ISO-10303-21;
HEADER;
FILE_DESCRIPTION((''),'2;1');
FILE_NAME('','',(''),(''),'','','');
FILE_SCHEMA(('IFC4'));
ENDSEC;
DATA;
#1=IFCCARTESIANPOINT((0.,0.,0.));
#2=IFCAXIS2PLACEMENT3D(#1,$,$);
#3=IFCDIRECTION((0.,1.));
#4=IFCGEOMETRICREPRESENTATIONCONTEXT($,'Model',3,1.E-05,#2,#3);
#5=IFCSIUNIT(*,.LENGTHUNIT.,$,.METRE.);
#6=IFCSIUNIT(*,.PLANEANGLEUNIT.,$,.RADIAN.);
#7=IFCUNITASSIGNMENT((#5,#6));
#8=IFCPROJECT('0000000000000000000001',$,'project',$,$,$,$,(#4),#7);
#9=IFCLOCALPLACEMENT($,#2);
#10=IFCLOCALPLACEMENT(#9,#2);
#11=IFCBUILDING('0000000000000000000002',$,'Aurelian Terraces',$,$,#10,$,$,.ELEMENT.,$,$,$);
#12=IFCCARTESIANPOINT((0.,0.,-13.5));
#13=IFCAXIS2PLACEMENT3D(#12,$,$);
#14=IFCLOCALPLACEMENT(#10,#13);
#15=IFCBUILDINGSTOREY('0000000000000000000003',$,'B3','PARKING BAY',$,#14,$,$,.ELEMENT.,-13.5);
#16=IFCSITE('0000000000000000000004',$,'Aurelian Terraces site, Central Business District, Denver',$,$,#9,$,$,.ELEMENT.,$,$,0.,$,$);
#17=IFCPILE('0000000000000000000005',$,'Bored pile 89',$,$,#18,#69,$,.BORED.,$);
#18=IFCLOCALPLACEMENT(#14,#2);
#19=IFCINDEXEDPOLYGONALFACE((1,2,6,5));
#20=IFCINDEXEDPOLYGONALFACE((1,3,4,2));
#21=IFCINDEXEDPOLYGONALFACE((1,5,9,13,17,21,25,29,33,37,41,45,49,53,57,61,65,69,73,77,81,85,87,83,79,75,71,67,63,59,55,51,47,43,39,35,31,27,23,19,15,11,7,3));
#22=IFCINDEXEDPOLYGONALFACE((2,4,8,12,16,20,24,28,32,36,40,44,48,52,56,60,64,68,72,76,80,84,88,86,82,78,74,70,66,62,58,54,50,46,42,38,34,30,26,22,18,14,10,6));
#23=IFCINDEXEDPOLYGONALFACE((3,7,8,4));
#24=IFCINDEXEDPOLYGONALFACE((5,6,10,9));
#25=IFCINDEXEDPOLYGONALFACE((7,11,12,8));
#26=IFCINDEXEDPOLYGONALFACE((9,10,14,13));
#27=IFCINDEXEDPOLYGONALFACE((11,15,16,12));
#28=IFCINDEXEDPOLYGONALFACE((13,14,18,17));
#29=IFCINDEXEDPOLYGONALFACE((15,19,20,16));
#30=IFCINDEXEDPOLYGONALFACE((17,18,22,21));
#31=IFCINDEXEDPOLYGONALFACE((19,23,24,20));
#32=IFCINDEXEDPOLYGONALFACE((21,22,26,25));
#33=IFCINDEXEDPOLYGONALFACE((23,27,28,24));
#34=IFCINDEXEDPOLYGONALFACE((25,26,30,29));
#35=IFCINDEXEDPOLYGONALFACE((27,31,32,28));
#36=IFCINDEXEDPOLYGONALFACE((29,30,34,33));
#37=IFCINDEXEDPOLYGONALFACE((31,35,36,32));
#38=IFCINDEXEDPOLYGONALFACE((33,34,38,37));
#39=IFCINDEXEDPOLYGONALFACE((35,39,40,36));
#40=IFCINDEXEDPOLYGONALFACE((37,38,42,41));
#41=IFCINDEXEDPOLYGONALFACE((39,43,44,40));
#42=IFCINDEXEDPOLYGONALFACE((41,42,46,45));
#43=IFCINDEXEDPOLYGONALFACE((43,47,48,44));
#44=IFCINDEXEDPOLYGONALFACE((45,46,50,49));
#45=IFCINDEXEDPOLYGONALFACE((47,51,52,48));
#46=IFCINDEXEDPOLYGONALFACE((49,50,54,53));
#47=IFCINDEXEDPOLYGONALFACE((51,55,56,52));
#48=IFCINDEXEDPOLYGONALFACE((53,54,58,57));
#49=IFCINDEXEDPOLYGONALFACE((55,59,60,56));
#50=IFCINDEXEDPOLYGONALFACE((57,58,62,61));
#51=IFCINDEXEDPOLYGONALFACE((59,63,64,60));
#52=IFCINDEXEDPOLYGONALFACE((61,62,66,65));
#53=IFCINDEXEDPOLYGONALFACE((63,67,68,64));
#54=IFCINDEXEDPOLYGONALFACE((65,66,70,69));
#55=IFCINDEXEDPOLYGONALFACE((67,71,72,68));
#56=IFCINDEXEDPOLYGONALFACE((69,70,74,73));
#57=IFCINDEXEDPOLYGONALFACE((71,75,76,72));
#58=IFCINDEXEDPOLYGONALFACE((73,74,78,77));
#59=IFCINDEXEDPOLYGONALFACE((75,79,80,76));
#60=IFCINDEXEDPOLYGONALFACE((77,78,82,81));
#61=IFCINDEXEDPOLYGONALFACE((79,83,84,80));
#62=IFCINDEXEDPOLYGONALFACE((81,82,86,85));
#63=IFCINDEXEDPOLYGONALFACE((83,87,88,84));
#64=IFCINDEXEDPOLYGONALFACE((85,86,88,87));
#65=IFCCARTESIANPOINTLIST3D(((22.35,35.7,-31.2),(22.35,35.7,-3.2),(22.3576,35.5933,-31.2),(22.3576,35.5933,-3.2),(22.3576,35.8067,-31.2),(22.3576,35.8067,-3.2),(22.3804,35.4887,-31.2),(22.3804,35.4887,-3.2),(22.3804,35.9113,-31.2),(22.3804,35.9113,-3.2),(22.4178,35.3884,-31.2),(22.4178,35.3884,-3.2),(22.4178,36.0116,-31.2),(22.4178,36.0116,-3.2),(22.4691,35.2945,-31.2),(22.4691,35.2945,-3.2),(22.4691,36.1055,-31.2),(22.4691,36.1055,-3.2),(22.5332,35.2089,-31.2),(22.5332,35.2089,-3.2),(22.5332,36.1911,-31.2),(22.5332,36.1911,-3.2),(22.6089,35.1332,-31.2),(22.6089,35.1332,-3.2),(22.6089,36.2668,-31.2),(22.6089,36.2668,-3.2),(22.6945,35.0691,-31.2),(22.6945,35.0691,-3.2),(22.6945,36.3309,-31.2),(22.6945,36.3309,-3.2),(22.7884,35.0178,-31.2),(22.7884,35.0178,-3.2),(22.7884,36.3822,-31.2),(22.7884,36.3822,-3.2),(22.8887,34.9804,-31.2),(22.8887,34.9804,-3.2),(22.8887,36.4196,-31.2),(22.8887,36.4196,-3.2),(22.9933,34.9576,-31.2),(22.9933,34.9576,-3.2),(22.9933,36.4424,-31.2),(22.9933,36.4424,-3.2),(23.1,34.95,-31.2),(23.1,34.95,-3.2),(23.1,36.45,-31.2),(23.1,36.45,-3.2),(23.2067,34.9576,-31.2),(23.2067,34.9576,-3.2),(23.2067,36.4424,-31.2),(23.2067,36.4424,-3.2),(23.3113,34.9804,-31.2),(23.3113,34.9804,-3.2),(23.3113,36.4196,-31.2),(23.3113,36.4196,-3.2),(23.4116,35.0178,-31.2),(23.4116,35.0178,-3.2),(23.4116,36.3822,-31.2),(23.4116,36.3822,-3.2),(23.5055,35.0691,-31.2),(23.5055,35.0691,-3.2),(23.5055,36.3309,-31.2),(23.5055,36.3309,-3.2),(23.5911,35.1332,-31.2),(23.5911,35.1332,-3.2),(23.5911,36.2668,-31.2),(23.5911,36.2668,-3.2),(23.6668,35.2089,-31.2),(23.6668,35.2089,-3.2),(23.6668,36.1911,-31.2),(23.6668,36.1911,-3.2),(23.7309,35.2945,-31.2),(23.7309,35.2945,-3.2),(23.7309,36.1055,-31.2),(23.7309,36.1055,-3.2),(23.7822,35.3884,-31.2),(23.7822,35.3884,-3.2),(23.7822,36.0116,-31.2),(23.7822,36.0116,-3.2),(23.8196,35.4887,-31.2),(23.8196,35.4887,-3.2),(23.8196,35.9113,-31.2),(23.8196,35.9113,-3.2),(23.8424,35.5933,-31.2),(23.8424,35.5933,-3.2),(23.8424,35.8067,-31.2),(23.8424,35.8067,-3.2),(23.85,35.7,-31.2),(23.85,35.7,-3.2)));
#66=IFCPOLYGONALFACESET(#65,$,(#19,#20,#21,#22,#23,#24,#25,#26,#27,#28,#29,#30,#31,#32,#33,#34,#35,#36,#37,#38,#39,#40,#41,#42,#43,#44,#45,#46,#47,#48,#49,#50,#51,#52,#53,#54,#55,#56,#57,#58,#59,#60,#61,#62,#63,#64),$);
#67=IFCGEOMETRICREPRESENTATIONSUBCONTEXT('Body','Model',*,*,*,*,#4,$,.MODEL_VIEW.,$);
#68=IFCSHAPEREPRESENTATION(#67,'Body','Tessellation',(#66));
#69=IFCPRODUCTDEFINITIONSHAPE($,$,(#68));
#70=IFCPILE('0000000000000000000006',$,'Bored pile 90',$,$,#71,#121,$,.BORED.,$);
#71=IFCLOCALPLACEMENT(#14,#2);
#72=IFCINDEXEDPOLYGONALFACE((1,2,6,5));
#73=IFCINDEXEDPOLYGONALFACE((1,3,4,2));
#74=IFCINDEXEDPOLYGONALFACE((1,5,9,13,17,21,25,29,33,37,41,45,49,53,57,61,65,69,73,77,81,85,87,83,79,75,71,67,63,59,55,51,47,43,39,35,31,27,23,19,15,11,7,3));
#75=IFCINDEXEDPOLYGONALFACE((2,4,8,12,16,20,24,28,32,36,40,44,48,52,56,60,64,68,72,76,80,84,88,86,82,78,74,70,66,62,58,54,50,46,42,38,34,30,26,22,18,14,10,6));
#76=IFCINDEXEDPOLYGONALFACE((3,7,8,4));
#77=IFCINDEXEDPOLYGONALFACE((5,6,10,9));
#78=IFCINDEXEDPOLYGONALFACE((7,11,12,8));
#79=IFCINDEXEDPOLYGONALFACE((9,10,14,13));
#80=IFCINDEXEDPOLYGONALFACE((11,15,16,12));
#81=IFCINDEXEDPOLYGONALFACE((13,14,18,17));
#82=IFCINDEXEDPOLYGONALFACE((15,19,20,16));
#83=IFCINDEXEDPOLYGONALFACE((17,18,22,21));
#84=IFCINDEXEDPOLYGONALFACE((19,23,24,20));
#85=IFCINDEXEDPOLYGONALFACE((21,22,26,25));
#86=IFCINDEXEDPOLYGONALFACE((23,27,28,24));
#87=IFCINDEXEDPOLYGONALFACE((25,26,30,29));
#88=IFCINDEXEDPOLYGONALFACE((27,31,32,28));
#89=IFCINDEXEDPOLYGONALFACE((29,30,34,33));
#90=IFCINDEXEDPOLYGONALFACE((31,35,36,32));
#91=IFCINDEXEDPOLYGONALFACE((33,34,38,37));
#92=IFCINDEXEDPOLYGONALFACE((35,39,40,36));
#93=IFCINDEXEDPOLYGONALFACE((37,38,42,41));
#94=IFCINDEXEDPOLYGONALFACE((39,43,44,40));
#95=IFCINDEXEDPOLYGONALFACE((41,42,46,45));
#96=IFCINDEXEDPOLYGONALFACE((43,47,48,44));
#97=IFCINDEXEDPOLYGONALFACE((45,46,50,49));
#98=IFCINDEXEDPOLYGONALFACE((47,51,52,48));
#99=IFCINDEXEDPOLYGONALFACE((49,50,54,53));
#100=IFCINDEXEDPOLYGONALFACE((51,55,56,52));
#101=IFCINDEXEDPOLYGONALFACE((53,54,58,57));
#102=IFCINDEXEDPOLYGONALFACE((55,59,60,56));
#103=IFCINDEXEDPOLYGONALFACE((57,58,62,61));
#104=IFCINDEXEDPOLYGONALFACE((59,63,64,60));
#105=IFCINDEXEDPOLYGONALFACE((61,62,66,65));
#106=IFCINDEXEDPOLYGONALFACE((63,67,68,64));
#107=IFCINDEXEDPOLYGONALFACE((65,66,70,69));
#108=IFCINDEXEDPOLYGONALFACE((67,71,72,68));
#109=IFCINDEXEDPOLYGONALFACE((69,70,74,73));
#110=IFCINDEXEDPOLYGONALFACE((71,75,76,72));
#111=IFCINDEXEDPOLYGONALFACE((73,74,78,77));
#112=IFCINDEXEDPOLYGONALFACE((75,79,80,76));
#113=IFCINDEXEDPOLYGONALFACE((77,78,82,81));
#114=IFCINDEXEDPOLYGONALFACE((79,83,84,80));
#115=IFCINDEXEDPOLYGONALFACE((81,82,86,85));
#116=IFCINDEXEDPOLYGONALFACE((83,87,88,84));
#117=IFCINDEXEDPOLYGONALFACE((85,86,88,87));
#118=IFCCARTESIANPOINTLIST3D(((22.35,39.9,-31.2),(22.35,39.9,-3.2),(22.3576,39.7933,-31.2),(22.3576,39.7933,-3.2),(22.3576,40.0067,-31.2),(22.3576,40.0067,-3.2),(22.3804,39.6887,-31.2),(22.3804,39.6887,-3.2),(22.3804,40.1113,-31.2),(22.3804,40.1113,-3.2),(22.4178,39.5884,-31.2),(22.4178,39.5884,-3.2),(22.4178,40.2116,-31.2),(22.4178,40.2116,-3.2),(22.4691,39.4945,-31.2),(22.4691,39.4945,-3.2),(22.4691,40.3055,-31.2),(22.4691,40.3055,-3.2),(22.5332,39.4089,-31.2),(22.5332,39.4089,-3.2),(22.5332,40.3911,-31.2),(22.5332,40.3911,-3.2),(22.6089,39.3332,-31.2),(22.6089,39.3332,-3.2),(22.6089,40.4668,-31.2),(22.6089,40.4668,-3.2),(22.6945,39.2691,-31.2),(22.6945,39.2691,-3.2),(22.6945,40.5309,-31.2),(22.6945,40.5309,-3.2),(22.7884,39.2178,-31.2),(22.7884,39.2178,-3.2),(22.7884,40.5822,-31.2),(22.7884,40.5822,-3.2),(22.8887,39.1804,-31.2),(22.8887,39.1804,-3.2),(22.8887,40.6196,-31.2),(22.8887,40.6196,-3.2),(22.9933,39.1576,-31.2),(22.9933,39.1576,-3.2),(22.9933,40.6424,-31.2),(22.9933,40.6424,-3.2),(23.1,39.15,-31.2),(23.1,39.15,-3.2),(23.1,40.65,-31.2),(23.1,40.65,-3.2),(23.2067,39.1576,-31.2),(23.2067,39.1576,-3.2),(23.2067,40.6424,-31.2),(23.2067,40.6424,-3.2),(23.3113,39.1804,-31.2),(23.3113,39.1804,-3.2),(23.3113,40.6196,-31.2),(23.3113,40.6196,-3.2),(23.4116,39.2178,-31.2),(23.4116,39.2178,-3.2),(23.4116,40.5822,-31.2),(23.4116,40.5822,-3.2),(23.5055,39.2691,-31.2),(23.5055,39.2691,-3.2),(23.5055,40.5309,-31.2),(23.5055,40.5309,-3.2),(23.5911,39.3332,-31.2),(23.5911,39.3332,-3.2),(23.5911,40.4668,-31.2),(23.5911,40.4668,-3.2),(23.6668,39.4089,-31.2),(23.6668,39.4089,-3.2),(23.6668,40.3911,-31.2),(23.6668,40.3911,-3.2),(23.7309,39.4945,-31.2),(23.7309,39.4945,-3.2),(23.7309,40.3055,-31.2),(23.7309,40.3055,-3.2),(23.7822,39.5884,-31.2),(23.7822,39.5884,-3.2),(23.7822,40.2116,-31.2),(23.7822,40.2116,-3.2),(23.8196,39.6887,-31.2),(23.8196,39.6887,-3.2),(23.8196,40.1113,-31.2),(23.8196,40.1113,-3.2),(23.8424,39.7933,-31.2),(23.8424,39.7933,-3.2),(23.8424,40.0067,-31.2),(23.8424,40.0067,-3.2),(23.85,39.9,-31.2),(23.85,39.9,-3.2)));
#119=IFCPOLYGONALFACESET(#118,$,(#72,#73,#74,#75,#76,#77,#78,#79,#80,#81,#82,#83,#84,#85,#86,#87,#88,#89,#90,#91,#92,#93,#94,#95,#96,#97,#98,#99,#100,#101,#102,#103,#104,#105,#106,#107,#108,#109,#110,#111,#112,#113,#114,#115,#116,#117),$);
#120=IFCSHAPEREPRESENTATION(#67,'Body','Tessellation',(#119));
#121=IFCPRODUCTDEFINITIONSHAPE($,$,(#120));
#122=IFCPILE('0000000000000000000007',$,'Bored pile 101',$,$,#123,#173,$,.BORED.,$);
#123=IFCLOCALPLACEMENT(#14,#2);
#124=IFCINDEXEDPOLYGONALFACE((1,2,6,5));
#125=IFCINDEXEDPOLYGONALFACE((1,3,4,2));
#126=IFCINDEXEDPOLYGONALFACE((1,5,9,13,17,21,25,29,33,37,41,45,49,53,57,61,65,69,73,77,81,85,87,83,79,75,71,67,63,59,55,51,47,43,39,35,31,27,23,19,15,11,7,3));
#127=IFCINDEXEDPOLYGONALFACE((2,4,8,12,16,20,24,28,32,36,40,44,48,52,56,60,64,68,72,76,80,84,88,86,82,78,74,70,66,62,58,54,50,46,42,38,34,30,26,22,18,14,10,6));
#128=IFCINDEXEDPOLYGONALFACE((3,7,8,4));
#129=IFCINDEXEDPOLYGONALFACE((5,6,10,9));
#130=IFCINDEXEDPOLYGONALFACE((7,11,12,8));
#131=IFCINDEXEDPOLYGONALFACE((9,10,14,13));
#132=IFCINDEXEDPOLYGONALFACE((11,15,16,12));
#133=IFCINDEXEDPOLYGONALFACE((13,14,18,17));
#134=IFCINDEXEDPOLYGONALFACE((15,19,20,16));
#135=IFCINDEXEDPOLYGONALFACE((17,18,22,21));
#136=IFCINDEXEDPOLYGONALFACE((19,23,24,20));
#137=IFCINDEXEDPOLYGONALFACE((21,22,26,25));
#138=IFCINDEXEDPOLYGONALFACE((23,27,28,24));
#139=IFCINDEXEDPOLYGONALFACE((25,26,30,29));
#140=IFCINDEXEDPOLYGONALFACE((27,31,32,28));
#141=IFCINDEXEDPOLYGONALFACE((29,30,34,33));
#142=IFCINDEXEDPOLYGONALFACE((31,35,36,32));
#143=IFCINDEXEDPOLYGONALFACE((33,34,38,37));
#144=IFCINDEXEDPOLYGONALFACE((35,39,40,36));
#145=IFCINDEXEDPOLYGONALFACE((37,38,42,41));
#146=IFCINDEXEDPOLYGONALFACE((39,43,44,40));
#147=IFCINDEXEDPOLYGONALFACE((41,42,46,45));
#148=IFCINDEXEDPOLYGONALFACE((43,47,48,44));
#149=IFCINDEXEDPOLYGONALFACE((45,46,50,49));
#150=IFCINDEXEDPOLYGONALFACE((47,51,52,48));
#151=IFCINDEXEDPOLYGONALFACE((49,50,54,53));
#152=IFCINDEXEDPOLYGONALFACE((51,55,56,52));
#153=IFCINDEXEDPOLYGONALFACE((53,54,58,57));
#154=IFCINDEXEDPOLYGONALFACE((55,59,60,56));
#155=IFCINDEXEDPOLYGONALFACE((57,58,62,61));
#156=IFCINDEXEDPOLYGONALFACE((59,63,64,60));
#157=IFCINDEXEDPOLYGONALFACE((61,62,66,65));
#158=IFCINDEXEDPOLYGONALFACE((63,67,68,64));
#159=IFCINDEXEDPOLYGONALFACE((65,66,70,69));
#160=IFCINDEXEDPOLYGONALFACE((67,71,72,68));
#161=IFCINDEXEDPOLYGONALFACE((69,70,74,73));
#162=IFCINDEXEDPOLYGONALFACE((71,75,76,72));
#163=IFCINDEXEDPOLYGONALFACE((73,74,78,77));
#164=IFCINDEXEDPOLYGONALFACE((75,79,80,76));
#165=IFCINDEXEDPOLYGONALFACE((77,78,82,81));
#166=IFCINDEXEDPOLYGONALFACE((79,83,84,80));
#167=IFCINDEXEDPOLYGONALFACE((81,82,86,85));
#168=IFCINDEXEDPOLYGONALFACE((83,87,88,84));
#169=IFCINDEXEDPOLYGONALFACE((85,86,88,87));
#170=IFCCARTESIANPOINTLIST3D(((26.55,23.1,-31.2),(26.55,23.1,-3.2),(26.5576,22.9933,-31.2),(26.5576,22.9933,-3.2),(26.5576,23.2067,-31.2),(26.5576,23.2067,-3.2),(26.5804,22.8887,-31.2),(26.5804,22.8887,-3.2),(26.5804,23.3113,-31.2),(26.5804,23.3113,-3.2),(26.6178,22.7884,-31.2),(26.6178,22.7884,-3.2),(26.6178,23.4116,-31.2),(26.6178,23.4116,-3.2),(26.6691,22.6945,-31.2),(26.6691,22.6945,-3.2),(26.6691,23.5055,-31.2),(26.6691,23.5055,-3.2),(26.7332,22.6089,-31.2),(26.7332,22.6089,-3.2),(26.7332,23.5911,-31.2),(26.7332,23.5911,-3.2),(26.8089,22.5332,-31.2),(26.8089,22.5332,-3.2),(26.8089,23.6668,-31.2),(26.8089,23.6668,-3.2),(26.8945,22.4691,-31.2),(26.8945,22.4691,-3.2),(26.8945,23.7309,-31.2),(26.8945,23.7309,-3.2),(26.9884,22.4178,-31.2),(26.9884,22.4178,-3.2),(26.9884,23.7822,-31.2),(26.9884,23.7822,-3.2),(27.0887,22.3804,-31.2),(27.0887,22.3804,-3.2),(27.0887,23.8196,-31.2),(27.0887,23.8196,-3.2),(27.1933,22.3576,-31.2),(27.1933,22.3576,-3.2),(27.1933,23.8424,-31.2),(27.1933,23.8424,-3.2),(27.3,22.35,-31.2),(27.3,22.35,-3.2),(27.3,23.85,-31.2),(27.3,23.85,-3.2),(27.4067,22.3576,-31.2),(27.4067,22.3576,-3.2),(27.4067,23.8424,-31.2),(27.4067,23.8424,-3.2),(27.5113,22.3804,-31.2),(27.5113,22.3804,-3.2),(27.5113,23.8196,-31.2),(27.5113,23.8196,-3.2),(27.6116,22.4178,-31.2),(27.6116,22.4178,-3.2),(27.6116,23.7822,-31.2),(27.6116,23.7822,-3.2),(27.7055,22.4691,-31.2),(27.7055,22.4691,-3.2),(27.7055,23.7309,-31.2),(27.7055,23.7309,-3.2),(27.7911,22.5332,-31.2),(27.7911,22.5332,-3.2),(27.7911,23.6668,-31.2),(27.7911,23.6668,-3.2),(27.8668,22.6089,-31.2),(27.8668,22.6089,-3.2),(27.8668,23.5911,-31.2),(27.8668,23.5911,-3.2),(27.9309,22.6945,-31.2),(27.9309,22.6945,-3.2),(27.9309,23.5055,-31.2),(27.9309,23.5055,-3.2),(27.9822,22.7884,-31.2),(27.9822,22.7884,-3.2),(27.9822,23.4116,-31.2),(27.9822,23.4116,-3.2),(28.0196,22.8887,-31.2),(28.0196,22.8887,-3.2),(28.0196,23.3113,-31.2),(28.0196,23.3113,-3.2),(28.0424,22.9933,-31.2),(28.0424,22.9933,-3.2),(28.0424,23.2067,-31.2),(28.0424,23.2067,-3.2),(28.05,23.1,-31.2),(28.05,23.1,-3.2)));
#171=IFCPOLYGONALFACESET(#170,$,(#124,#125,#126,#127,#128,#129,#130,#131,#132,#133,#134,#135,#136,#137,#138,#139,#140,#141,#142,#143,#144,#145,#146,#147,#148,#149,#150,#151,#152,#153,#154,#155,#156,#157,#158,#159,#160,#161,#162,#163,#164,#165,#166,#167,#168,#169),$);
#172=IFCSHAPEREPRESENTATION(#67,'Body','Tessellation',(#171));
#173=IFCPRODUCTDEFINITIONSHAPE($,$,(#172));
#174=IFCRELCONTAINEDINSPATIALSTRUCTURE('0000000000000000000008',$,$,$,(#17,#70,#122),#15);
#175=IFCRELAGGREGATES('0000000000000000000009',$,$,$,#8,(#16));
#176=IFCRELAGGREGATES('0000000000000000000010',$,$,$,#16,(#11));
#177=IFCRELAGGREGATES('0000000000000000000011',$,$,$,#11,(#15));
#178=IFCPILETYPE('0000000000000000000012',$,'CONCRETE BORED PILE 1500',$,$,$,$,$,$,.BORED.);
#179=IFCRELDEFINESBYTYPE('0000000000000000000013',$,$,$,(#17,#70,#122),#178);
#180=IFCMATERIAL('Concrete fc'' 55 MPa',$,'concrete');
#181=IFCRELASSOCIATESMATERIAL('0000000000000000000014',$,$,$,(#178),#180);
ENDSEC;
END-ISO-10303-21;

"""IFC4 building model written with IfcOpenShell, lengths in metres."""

from ifc_helpers import new_model, si_unit, direction, frame, origin, origin_2d, place, context, subcontext, project, spatial, circle, extrude, source, transform, mapped, material, material_profile, profile_set, type_object, element, save


model = new_model("IFC4")

# Units and contexts
model_context = context("Model", 3, precision=1e-05, world=origin(), true_north=direction((0.0, 1.0)))
body_context = subcontext(model_context, "Body", "Model", "MODEL_VIEW")
ifc_project = project(units=[si_unit("LENGTHUNIT", "METRE"), si_unit("PLANEANGLEUNIT", "RADIAN")], contexts=[model_context])

# Site, building, storey
site_placement = place(None, origin())
site = spatial("IfcSite", under=ifc_project, at=site_placement, Name="Aurelian Terraces site, Central Business District, Denver", CompositionType="ELEMENT", RefElevation=0.0)
building_placement = place(site_placement, origin())
building = spatial("IfcBuilding", under=site, at=building_placement, Name="Aurelian Terraces", CompositionType="ELEMENT")
storey_placement = place(building_placement, frame((0.0, 0.0, -13.5)))
storey = spatial("IfcBuildingStorey", under=building, at=storey_placement, Name="B3", Description="PARKING BAY", CompositionType="ELEMENT", Elevation=-13.5)

# Piles
ifc_material_1 = material(Name="Concrete fc' 55 MPa", Category="concrete")
ifc_material_profile_1 = material_profile(ifc_material_1, circle(Radius=0.75, at=origin_2d()))
ifc_profile_set_1 = profile_set([ifc_material_profile_1], Name="Concrete fc' 55 MPa")
pile_type = type_object("IfcPileType", Name="CONCRETE BORED PILE 1500", PredefinedType="BORED", material=ifc_profile_set_1)
shared_shape_1 = source(origin(), body_context, "Body", "SweptSolid", [
    extrude(circle(Radius=0.75, at=origin_2d()), origin(), (0.0, 0.0, 1.0), 28.0),
])
for number, where, z_axis, x_axis, name in (
    (1, (23.1, 35.7, -3.2), (0.0, 0.0, -1.0), (1.0, 0.0, 0.0), "Bored pile 89"),
    (2, (23.1, 39.9, -3.2), (0.0, 0.0, -1.0), (1.0, 0.0, 0.0), "Bored pile 90"),
    (3, (27.3, 23.1, -3.2), (0.0, 0.0, -1.0), (1.0, 0.0, 0.0), "Bored pile 101"),
):
    element("IfcPile", number, at=place(storey_placement, frame(where, z_axis=z_axis, x_axis=x_axis)), inside=storey, type_object=pile_type, Name=name, PredefinedType="BORED", context=body_context, shape_type="MappedRepresentation", body=[
        mapped(shared_shape_1, transform((0.0, 0.0, 0.0), scale=1.0)),
    ])

save(model, "model.ifc")
